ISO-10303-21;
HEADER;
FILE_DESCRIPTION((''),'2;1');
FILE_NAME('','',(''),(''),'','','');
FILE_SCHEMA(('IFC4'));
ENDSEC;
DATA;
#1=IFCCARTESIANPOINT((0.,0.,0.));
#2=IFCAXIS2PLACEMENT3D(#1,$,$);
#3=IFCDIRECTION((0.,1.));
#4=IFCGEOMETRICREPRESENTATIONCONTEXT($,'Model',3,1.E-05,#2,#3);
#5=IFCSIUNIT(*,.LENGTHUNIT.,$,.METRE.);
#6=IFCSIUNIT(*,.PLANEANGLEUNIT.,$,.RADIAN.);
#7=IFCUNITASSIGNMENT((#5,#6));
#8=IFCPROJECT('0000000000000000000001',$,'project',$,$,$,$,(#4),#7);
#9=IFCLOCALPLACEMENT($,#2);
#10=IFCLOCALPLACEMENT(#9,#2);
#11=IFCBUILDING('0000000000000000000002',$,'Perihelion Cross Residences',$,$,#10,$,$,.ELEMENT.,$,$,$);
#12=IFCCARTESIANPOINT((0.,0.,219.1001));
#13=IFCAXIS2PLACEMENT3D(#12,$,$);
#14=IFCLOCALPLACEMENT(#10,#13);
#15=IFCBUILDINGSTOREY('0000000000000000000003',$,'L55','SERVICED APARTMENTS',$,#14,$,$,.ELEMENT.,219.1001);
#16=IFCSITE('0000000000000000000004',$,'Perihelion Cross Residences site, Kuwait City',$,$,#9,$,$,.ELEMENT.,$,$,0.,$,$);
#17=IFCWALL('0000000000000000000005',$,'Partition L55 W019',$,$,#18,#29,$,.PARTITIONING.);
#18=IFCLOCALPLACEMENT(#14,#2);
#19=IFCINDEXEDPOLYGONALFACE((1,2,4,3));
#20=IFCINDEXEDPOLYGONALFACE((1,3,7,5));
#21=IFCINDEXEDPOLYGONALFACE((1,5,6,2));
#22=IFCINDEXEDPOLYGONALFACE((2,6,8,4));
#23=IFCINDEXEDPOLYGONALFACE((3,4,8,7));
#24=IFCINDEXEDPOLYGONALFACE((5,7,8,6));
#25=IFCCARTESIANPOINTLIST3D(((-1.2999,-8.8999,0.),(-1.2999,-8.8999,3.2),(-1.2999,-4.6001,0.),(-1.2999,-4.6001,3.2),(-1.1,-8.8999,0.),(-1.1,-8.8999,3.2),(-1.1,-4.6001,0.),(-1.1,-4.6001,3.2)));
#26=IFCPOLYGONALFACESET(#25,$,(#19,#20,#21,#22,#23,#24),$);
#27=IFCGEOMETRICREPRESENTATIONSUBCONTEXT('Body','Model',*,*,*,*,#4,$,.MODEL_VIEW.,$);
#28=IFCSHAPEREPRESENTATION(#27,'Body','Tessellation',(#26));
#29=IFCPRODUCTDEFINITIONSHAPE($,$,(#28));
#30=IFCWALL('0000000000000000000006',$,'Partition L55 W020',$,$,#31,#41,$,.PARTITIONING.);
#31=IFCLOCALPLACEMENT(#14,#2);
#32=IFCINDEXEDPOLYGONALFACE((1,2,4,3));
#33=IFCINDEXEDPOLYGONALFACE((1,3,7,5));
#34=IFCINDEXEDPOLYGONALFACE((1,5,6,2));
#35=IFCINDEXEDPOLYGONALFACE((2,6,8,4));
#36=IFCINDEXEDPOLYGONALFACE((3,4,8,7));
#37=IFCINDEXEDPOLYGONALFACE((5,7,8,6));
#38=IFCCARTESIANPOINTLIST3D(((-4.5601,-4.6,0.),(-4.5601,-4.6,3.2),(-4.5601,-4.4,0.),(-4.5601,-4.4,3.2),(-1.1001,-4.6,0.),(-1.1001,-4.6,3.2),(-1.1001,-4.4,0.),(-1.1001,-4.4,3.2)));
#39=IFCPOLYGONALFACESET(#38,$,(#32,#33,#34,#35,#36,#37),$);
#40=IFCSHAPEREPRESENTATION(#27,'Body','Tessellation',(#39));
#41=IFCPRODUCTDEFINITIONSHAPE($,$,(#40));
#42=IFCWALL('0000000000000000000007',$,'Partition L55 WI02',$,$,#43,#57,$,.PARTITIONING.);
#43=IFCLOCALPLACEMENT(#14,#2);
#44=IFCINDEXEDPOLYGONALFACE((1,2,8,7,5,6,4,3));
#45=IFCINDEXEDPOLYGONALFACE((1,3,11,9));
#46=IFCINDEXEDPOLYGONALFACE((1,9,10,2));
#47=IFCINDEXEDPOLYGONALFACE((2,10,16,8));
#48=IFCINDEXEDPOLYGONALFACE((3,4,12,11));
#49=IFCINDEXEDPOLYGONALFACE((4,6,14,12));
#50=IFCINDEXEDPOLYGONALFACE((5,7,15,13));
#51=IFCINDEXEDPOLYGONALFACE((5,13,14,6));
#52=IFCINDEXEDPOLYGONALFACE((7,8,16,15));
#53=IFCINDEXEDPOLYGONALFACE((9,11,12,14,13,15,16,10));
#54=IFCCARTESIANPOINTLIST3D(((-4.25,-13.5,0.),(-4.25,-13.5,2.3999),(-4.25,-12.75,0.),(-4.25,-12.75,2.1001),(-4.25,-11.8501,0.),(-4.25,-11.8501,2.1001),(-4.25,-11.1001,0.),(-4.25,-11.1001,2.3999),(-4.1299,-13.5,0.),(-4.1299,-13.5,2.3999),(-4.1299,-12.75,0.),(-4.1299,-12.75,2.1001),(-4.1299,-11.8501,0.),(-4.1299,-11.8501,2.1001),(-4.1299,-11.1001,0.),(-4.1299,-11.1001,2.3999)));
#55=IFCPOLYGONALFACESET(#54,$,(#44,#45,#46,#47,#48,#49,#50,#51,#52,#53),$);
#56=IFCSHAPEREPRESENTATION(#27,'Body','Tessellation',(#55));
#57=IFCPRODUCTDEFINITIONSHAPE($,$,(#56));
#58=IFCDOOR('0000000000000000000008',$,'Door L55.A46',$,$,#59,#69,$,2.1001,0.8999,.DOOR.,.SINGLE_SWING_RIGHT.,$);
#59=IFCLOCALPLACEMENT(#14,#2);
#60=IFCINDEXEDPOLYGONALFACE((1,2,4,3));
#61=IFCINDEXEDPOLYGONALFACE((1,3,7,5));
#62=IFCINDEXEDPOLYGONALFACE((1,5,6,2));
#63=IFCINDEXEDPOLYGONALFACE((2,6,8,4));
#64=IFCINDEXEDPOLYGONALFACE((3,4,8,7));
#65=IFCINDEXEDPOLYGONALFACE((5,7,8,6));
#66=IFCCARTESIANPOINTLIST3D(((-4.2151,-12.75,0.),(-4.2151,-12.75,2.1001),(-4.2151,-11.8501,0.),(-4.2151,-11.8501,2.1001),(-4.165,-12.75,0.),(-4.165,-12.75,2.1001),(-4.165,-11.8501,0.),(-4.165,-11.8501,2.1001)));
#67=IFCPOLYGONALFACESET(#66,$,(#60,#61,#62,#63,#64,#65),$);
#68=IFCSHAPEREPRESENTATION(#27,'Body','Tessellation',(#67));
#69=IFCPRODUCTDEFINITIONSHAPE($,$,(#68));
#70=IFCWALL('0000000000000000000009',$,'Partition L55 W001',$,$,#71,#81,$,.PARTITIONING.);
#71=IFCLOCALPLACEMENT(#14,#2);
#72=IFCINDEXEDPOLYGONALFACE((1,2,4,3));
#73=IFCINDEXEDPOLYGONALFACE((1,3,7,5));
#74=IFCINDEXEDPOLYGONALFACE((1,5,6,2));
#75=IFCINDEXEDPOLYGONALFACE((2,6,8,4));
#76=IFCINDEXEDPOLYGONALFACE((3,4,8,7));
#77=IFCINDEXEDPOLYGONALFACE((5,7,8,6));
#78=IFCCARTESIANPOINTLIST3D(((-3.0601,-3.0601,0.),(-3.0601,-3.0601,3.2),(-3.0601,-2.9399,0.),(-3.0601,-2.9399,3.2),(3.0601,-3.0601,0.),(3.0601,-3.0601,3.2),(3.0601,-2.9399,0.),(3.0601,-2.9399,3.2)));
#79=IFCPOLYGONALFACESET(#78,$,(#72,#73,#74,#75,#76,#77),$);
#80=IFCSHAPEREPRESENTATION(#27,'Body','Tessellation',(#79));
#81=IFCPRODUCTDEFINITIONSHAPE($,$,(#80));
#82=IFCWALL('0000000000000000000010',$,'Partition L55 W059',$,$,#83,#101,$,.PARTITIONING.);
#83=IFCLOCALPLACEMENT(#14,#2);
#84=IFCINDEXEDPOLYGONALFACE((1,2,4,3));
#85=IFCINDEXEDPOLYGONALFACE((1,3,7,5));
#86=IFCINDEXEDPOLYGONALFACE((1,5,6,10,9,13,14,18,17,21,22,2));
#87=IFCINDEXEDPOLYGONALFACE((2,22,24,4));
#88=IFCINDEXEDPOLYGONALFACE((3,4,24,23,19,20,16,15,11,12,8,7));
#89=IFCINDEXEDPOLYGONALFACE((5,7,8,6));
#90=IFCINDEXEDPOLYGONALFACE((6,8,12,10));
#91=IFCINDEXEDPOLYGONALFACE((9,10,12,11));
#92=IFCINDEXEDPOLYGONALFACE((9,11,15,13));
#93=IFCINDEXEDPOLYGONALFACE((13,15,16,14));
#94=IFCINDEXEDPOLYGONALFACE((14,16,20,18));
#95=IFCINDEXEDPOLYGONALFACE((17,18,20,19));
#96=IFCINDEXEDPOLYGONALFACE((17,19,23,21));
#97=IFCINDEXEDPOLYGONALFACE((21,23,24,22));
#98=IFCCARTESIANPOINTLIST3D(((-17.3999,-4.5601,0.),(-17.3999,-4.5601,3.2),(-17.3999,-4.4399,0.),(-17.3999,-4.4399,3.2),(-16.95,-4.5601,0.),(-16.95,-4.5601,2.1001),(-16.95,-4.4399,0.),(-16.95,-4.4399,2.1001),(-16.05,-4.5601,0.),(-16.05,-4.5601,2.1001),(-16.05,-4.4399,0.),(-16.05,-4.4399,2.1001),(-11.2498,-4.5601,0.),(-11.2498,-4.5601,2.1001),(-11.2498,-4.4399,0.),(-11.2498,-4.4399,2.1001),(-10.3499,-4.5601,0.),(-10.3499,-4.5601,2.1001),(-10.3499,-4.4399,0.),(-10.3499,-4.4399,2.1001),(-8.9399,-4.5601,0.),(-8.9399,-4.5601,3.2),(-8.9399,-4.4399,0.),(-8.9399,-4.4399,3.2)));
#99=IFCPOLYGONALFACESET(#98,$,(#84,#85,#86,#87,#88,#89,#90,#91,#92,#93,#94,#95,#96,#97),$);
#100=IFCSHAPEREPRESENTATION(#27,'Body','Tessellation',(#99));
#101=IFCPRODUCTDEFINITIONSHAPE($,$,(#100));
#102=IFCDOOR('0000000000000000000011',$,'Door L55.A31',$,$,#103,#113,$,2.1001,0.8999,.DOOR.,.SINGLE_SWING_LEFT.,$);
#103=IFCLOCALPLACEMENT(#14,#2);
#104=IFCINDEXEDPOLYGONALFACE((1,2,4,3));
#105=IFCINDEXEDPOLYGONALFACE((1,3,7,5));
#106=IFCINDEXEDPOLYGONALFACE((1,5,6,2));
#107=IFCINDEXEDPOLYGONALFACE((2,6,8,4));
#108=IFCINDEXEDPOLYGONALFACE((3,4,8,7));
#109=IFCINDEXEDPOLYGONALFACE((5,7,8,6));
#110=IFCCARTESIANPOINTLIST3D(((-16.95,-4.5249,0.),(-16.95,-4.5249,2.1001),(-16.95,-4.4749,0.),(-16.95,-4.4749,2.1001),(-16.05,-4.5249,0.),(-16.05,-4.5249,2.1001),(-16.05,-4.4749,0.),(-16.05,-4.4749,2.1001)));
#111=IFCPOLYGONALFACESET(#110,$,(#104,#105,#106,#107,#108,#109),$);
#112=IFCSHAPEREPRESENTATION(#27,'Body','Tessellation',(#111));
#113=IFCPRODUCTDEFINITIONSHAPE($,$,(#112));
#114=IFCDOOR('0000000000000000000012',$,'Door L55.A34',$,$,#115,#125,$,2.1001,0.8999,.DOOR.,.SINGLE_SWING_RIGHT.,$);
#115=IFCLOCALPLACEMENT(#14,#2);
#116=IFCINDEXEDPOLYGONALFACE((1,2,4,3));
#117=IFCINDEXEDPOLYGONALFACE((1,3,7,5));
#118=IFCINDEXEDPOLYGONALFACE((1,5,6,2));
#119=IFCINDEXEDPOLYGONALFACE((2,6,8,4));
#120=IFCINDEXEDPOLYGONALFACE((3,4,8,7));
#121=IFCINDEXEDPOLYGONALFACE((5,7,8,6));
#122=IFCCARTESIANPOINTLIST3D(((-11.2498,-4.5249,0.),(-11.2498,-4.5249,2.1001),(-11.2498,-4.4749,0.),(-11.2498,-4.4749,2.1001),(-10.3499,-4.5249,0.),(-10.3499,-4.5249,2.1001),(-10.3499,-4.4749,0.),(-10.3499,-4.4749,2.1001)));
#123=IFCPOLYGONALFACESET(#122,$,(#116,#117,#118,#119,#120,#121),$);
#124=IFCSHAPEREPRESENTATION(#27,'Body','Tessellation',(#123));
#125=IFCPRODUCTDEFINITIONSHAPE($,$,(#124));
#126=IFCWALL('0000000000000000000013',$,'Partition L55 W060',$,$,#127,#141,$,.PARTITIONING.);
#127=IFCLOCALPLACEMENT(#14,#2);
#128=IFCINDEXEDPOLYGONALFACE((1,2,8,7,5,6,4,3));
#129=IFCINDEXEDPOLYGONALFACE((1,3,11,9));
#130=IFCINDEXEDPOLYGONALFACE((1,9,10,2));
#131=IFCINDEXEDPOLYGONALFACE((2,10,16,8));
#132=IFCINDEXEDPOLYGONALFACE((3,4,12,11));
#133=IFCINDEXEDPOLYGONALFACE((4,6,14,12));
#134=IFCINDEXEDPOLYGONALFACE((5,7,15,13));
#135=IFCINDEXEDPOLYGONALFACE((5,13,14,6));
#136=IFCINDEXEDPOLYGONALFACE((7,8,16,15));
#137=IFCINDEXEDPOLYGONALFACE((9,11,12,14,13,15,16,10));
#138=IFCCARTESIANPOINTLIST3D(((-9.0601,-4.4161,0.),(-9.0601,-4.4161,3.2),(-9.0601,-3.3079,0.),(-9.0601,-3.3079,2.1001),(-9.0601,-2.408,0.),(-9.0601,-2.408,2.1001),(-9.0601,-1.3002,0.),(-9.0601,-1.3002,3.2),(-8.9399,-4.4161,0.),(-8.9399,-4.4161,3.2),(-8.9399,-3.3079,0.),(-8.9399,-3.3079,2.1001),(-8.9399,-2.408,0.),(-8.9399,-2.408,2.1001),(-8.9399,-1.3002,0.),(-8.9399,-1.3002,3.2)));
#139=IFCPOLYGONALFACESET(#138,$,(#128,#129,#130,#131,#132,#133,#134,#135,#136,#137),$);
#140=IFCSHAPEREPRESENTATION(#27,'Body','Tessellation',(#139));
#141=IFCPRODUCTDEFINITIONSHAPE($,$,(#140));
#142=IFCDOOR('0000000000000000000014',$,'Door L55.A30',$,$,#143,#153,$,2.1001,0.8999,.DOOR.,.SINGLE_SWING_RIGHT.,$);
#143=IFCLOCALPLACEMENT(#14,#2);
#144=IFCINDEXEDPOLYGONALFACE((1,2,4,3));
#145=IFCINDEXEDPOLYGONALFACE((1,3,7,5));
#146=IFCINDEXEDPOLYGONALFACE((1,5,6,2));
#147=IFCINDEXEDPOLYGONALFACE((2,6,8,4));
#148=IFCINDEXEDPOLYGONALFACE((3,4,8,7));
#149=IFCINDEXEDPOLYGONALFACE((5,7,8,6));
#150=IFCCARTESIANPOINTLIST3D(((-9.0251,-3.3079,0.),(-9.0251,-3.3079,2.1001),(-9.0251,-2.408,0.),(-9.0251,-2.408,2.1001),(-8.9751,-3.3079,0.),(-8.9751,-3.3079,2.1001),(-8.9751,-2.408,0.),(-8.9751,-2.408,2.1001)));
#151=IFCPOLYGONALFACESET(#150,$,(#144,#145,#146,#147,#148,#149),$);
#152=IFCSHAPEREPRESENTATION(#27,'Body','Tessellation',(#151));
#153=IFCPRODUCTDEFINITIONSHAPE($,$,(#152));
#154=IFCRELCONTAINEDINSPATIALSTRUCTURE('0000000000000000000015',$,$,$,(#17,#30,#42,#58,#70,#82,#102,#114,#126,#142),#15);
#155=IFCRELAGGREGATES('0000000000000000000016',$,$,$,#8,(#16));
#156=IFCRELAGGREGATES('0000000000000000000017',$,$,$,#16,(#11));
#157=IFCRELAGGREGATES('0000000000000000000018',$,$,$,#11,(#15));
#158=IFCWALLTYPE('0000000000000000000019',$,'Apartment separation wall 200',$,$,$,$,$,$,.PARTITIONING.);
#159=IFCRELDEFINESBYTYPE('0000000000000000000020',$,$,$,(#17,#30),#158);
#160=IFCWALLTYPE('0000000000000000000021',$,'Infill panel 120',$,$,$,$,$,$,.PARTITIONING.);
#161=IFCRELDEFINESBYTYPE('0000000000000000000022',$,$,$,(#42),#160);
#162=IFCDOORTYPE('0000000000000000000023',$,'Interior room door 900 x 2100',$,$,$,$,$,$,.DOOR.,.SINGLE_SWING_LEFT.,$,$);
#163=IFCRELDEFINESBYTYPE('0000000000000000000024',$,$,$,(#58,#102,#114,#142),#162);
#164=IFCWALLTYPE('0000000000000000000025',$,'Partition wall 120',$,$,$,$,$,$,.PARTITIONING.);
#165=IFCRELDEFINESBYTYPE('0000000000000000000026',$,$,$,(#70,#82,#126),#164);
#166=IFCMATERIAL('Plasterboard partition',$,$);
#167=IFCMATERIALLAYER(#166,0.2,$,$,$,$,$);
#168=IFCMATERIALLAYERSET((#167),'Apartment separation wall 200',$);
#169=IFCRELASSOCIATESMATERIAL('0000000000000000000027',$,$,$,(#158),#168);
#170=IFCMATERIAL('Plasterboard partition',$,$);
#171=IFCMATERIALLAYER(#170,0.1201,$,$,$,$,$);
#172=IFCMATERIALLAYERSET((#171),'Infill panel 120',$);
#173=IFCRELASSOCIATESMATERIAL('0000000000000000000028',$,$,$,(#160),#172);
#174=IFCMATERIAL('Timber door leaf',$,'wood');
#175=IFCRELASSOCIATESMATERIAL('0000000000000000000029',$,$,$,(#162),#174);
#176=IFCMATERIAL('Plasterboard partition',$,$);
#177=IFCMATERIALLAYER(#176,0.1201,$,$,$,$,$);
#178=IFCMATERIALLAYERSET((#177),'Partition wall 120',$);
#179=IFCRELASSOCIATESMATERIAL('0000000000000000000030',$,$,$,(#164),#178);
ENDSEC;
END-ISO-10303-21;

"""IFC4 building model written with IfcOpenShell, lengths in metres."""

from ifc_helpers import new_model, si_unit, direction, frame, frame_2d, origin, place, context, subcontext, project, spatial, rectangle, extrude, material, layer, layer_set, type_object, element, fill, save


model = new_model("IFC4")

# Units and contexts
model_context = context("Model", 3, precision=1e-05, world=origin(), true_north=direction((0.0, 1.0)))
body_context = subcontext(model_context, "Body", "Model", "MODEL_VIEW")
ifc_project = project(units=[si_unit("LENGTHUNIT", "METRE"), si_unit("PLANEANGLEUNIT", "RADIAN")], contexts=[model_context])

# Site, building, storey
site_placement = place(None, origin())
site = spatial("IfcSite", under=ifc_project, at=site_placement, Name="Perihelion Cross Residences site, Kuwait City", CompositionType="ELEMENT", RefElevation=0.0)
building_placement = place(site_placement, origin())
building = spatial("IfcBuilding", under=site, at=building_placement, Name="Perihelion Cross Residences", CompositionType="ELEMENT")
storey_placement = place(building_placement, frame((0.0, 0.0, 219.1001)))
storey = spatial("IfcBuildingStorey", under=building, at=storey_placement, Name="L55", Description="SERVICED APARTMENTS", CompositionType="ELEMENT", Elevation=219.1001)

# Walls
ifc_material_1 = material(Name="Plasterboard partition")
ifc_layer_1 = layer(ifc_material_1, 0.2)
ifc_layer_set_1 = layer_set([ifc_layer_1], Name="Apartment separation wall 200")
wall_type_1 = type_object("IfcWallType", Name="Apartment separation wall 200", PredefinedType="PARTITIONING", material=ifc_layer_set_1)
wall_1_placement = place(storey_placement, frame((-1.2, -8.8999, 0.0), z_axis=(0.0, 0.0, 1.0), x_axis=(0.0, 1.0, 0.0)))
element("IfcWall", 1, at=wall_1_placement, inside=storey, type_object=wall_type_1, Name="Partition L55 W019", PredefinedType="PARTITIONING", context=body_context, shape_type="SweptSolid", body=[
    extrude(rectangle(XDim=4.2998, YDim=0.2, at=frame_2d((2.1499, 0.0))), origin(), (0.0, 0.0, 1.0), 3.2),
])
wall_2_placement = place(storey_placement, frame((-1.1001, -4.5, 0.0), z_axis=(0.0, 0.0, 1.0), x_axis=(-1.0, 0.0, 0.0)))
element("IfcWall", 2, at=wall_2_placement, inside=storey, type_object=wall_type_1, Name="Partition L55 W020", PredefinedType="PARTITIONING", context=body_context, shape_type="SweptSolid", body=[
    extrude(rectangle(XDim=3.46, YDim=0.2, at=frame_2d((1.73, 0.0))), origin(), (0.0, 0.0, 1.0), 3.2),
])

# Wall, opening, door
ifc_material_2 = material(Name="Plasterboard partition")
ifc_layer_2 = layer(ifc_material_2, 0.1201)
ifc_layer_set_2 = layer_set([ifc_layer_2], Name="Infill panel 120")
wall_type_2 = type_object("IfcWallType", Name="Infill panel 120", PredefinedType="PARTITIONING", material=ifc_layer_set_2)
wall_3_placement = place(storey_placement, frame((-4.1899, -11.1001, 0.0), z_axis=(0.0, 0.0, 1.0), x_axis=(0.0, -1.0, 0.0)))
wall_3 = element("IfcWall", 3, at=wall_3_placement, inside=storey, type_object=wall_type_2, Name="Partition L55 WI02", PredefinedType="PARTITIONING", context=body_context, shape_type="SweptSolid", body=[
    extrude(rectangle(XDim=2.3999, YDim=0.1201, at=frame_2d((1.2, 0.0))), origin(), (0.0, 0.0, 1.0), 2.3999),
])
opening_1_placement = place(wall_3_placement, frame((0.75, 0.0, 0.0)))
opening_1 = element("IfcOpeningElement", 4, at=opening_1_placement, cuts=wall_3, PredefinedType="OPENING", context=body_context, shape_type="SweptSolid", body=[
    extrude(rectangle(XDim=0.8999, YDim=2.1001, at=frame_2d((0.45, 1.05))), frame((0.0, 0.0701, 0.0), z_axis=(0.0, -1.0, 0.0), x_axis=(1.0, 0.0, 0.0)), (0.0, 0.0, 1.0), 0.1401),
])
ifc_material_3 = material(Name="Timber door leaf", Category="wood")
door_type_1 = type_object("IfcDoorType", Name="Interior room door 900 x 2100", OperationType="SINGLE_SWING_LEFT", PredefinedType="DOOR", material=ifc_material_3)
door_1_placement = place(opening_1_placement, origin())
door_1 = element("IfcDoor", 5, at=door_1_placement, inside=storey, type_object=door_type_1, Name="Door L55.A46", OperationType="SINGLE_SWING_RIGHT", OverallHeight=2.1001, OverallWidth=0.8999, PredefinedType="DOOR", context=body_context, shape_type="SweptSolid", body=[
    extrude(rectangle(XDim=0.8999, YDim=2.1001, at=frame_2d((0.45, 1.05))), frame((0.0, 0.0249, 0.0), z_axis=(0.0, -1.0, 0.0), x_axis=(1.0, 0.0, 0.0)), (0.0, 0.0, 1.0), 0.05),
])
fill(opening_1, door_1)

# Wall
ifc_material_4 = material(Name="Plasterboard partition")
ifc_layer_3 = layer(ifc_material_4, 0.1201)
ifc_layer_set_3 = layer_set([ifc_layer_3], Name="Partition wall 120")
wall_type_3 = type_object("IfcWallType", Name="Partition wall 120", PredefinedType="PARTITIONING", material=ifc_layer_set_3)
wall_4_placement = place(storey_placement, frame((-3.0601, -3.0, 0.0), z_axis=(0.0, 0.0, 1.0), x_axis=(1.0, 0.0, 0.0)))
element("IfcWall", 6, at=wall_4_placement, inside=storey, type_object=wall_type_3, Name="Partition L55 W001", PredefinedType="PARTITIONING", context=body_context, shape_type="SweptSolid", body=[
    extrude(rectangle(XDim=6.1201, YDim=0.1201, at=frame_2d((3.0601, 0.0))), origin(), (0.0, 0.0, 1.0), 3.2),
])

# Wall, openings, doors
wall_5_placement = place(storey_placement, frame((-8.9399, -4.5, 0.0), z_axis=(0.0, 0.0, 1.0), x_axis=(-1.0, 0.0, 0.0)))
wall_5 = element("IfcWall", 7, at=wall_5_placement, inside=storey, type_object=wall_type_3, Name="Partition L55 W059", PredefinedType="PARTITIONING", context=body_context, shape_type="SweptSolid", body=[
    extrude(rectangle(XDim=8.46, YDim=0.1201, at=frame_2d((4.23, 0.0))), origin(), (0.0, 0.0, 1.0), 3.2),
])
opening_2_placement = place(wall_5_placement, frame((7.1101, 0.0, 0.0)))
opening_2 = element("IfcOpeningElement", 8, at=opening_2_placement, cuts=wall_5, PredefinedType="OPENING", context=body_context, shape_type="SweptSolid", body=[
    extrude(rectangle(XDim=0.8999, YDim=2.1001, at=frame_2d((0.45, 1.05))), frame((0.0, 0.0701, 0.0), z_axis=(0.0, -1.0, 0.0), x_axis=(1.0, 0.0, 0.0)), (0.0, 0.0, 1.0), 0.1401),
])
opening_3_placement = place(wall_5_placement, frame((1.4099, 0.0, 0.0)))
opening_3 = element("IfcOpeningElement", 9, at=opening_3_placement, cuts=wall_5, PredefinedType="OPENING", context=body_context, shape_type="SweptSolid", body=[
    extrude(rectangle(XDim=0.8999, YDim=2.1001, at=frame_2d((0.45, 1.05))), frame((0.0, 0.0701, 0.0), z_axis=(0.0, -1.0, 0.0), x_axis=(1.0, 0.0, 0.0)), (0.0, 0.0, 1.0), 0.1401),
])
door_2_placement = place(opening_2_placement, origin())
door_2 = element("IfcDoor", 10, at=door_2_placement, inside=storey, type_object=door_type_1, Name="Door L55.A31", OperationType="SINGLE_SWING_LEFT", OverallHeight=2.1001, OverallWidth=0.8999, PredefinedType="DOOR", context=body_context, shape_type="SweptSolid", body=[
    extrude(rectangle(XDim=0.8999, YDim=2.1001, at=frame_2d((0.45, 1.05))), frame((0.0, 0.0249, 0.0), z_axis=(0.0, -1.0, 0.0), x_axis=(1.0, 0.0, 0.0)), (0.0, 0.0, 1.0), 0.05),
])
fill(opening_2, door_2)
door_3_placement = place(opening_3_placement, origin())
door_3 = element("IfcDoor", 11, at=door_3_placement, inside=storey, type_object=door_type_1, Name="Door L55.A34", OperationType="SINGLE_SWING_RIGHT", OverallHeight=2.1001, OverallWidth=0.8999, PredefinedType="DOOR", context=body_context, shape_type="SweptSolid", body=[
    extrude(rectangle(XDim=0.8999, YDim=2.1001, at=frame_2d((0.45, 1.05))), frame((0.0, 0.0249, 0.0), z_axis=(0.0, -1.0, 0.0), x_axis=(1.0, 0.0, 0.0)), (0.0, 0.0, 1.0), 0.05),
])
fill(opening_3, door_3)

# Wall, opening, door
wall_6_placement = place(storey_placement, frame((-9.0, -1.3, 0.0), z_axis=(0.0, 0.0, 1.0), x_axis=(0.0, -1.0, 0.0)))
wall_6 = element("IfcWall", 12, at=wall_6_placement, inside=storey, type_object=wall_type_3, Name="Partition L55 W060", PredefinedType="PARTITIONING", context=body_context, shape_type="SweptSolid", body=[
    extrude(rectangle(XDim=3.116, YDim=0.1201, at=frame_2d((1.5581, 0.0))), origin(), (0.0, 0.0, 1.0), 3.2),
])
opening_4_placement = place(wall_6_placement, frame((1.1079, 0.0, 0.0)))
opening_4 = element("IfcOpeningElement", 13, at=opening_4_placement, cuts=wall_6, PredefinedType="OPENING", context=body_context, shape_type="SweptSolid", body=[
    extrude(rectangle(XDim=0.8999, YDim=2.1001, at=frame_2d((0.45, 1.05))), frame((0.0, 0.0701, 0.0), z_axis=(0.0, -1.0, 0.0), x_axis=(1.0, 0.0, 0.0)), (0.0, 0.0, 1.0), 0.1401),
])
door_4_placement = place(opening_4_placement, origin())
door_4 = element("IfcDoor", 14, at=door_4_placement, inside=storey, type_object=door_type_1, Name="Door L55.A30", OperationType="SINGLE_SWING_RIGHT", OverallHeight=2.1001, OverallWidth=0.8999, PredefinedType="DOOR", context=body_context, shape_type="SweptSolid", body=[
    extrude(rectangle(XDim=0.8999, YDim=2.1001, at=frame_2d((0.45, 1.05))), frame((0.0, 0.0249, 0.0), z_axis=(0.0, -1.0, 0.0), x_axis=(1.0, 0.0, 0.0)), (0.0, 0.0, 1.0), 0.05),
])
fill(opening_4, door_4)

save(model, "model.ifc")
